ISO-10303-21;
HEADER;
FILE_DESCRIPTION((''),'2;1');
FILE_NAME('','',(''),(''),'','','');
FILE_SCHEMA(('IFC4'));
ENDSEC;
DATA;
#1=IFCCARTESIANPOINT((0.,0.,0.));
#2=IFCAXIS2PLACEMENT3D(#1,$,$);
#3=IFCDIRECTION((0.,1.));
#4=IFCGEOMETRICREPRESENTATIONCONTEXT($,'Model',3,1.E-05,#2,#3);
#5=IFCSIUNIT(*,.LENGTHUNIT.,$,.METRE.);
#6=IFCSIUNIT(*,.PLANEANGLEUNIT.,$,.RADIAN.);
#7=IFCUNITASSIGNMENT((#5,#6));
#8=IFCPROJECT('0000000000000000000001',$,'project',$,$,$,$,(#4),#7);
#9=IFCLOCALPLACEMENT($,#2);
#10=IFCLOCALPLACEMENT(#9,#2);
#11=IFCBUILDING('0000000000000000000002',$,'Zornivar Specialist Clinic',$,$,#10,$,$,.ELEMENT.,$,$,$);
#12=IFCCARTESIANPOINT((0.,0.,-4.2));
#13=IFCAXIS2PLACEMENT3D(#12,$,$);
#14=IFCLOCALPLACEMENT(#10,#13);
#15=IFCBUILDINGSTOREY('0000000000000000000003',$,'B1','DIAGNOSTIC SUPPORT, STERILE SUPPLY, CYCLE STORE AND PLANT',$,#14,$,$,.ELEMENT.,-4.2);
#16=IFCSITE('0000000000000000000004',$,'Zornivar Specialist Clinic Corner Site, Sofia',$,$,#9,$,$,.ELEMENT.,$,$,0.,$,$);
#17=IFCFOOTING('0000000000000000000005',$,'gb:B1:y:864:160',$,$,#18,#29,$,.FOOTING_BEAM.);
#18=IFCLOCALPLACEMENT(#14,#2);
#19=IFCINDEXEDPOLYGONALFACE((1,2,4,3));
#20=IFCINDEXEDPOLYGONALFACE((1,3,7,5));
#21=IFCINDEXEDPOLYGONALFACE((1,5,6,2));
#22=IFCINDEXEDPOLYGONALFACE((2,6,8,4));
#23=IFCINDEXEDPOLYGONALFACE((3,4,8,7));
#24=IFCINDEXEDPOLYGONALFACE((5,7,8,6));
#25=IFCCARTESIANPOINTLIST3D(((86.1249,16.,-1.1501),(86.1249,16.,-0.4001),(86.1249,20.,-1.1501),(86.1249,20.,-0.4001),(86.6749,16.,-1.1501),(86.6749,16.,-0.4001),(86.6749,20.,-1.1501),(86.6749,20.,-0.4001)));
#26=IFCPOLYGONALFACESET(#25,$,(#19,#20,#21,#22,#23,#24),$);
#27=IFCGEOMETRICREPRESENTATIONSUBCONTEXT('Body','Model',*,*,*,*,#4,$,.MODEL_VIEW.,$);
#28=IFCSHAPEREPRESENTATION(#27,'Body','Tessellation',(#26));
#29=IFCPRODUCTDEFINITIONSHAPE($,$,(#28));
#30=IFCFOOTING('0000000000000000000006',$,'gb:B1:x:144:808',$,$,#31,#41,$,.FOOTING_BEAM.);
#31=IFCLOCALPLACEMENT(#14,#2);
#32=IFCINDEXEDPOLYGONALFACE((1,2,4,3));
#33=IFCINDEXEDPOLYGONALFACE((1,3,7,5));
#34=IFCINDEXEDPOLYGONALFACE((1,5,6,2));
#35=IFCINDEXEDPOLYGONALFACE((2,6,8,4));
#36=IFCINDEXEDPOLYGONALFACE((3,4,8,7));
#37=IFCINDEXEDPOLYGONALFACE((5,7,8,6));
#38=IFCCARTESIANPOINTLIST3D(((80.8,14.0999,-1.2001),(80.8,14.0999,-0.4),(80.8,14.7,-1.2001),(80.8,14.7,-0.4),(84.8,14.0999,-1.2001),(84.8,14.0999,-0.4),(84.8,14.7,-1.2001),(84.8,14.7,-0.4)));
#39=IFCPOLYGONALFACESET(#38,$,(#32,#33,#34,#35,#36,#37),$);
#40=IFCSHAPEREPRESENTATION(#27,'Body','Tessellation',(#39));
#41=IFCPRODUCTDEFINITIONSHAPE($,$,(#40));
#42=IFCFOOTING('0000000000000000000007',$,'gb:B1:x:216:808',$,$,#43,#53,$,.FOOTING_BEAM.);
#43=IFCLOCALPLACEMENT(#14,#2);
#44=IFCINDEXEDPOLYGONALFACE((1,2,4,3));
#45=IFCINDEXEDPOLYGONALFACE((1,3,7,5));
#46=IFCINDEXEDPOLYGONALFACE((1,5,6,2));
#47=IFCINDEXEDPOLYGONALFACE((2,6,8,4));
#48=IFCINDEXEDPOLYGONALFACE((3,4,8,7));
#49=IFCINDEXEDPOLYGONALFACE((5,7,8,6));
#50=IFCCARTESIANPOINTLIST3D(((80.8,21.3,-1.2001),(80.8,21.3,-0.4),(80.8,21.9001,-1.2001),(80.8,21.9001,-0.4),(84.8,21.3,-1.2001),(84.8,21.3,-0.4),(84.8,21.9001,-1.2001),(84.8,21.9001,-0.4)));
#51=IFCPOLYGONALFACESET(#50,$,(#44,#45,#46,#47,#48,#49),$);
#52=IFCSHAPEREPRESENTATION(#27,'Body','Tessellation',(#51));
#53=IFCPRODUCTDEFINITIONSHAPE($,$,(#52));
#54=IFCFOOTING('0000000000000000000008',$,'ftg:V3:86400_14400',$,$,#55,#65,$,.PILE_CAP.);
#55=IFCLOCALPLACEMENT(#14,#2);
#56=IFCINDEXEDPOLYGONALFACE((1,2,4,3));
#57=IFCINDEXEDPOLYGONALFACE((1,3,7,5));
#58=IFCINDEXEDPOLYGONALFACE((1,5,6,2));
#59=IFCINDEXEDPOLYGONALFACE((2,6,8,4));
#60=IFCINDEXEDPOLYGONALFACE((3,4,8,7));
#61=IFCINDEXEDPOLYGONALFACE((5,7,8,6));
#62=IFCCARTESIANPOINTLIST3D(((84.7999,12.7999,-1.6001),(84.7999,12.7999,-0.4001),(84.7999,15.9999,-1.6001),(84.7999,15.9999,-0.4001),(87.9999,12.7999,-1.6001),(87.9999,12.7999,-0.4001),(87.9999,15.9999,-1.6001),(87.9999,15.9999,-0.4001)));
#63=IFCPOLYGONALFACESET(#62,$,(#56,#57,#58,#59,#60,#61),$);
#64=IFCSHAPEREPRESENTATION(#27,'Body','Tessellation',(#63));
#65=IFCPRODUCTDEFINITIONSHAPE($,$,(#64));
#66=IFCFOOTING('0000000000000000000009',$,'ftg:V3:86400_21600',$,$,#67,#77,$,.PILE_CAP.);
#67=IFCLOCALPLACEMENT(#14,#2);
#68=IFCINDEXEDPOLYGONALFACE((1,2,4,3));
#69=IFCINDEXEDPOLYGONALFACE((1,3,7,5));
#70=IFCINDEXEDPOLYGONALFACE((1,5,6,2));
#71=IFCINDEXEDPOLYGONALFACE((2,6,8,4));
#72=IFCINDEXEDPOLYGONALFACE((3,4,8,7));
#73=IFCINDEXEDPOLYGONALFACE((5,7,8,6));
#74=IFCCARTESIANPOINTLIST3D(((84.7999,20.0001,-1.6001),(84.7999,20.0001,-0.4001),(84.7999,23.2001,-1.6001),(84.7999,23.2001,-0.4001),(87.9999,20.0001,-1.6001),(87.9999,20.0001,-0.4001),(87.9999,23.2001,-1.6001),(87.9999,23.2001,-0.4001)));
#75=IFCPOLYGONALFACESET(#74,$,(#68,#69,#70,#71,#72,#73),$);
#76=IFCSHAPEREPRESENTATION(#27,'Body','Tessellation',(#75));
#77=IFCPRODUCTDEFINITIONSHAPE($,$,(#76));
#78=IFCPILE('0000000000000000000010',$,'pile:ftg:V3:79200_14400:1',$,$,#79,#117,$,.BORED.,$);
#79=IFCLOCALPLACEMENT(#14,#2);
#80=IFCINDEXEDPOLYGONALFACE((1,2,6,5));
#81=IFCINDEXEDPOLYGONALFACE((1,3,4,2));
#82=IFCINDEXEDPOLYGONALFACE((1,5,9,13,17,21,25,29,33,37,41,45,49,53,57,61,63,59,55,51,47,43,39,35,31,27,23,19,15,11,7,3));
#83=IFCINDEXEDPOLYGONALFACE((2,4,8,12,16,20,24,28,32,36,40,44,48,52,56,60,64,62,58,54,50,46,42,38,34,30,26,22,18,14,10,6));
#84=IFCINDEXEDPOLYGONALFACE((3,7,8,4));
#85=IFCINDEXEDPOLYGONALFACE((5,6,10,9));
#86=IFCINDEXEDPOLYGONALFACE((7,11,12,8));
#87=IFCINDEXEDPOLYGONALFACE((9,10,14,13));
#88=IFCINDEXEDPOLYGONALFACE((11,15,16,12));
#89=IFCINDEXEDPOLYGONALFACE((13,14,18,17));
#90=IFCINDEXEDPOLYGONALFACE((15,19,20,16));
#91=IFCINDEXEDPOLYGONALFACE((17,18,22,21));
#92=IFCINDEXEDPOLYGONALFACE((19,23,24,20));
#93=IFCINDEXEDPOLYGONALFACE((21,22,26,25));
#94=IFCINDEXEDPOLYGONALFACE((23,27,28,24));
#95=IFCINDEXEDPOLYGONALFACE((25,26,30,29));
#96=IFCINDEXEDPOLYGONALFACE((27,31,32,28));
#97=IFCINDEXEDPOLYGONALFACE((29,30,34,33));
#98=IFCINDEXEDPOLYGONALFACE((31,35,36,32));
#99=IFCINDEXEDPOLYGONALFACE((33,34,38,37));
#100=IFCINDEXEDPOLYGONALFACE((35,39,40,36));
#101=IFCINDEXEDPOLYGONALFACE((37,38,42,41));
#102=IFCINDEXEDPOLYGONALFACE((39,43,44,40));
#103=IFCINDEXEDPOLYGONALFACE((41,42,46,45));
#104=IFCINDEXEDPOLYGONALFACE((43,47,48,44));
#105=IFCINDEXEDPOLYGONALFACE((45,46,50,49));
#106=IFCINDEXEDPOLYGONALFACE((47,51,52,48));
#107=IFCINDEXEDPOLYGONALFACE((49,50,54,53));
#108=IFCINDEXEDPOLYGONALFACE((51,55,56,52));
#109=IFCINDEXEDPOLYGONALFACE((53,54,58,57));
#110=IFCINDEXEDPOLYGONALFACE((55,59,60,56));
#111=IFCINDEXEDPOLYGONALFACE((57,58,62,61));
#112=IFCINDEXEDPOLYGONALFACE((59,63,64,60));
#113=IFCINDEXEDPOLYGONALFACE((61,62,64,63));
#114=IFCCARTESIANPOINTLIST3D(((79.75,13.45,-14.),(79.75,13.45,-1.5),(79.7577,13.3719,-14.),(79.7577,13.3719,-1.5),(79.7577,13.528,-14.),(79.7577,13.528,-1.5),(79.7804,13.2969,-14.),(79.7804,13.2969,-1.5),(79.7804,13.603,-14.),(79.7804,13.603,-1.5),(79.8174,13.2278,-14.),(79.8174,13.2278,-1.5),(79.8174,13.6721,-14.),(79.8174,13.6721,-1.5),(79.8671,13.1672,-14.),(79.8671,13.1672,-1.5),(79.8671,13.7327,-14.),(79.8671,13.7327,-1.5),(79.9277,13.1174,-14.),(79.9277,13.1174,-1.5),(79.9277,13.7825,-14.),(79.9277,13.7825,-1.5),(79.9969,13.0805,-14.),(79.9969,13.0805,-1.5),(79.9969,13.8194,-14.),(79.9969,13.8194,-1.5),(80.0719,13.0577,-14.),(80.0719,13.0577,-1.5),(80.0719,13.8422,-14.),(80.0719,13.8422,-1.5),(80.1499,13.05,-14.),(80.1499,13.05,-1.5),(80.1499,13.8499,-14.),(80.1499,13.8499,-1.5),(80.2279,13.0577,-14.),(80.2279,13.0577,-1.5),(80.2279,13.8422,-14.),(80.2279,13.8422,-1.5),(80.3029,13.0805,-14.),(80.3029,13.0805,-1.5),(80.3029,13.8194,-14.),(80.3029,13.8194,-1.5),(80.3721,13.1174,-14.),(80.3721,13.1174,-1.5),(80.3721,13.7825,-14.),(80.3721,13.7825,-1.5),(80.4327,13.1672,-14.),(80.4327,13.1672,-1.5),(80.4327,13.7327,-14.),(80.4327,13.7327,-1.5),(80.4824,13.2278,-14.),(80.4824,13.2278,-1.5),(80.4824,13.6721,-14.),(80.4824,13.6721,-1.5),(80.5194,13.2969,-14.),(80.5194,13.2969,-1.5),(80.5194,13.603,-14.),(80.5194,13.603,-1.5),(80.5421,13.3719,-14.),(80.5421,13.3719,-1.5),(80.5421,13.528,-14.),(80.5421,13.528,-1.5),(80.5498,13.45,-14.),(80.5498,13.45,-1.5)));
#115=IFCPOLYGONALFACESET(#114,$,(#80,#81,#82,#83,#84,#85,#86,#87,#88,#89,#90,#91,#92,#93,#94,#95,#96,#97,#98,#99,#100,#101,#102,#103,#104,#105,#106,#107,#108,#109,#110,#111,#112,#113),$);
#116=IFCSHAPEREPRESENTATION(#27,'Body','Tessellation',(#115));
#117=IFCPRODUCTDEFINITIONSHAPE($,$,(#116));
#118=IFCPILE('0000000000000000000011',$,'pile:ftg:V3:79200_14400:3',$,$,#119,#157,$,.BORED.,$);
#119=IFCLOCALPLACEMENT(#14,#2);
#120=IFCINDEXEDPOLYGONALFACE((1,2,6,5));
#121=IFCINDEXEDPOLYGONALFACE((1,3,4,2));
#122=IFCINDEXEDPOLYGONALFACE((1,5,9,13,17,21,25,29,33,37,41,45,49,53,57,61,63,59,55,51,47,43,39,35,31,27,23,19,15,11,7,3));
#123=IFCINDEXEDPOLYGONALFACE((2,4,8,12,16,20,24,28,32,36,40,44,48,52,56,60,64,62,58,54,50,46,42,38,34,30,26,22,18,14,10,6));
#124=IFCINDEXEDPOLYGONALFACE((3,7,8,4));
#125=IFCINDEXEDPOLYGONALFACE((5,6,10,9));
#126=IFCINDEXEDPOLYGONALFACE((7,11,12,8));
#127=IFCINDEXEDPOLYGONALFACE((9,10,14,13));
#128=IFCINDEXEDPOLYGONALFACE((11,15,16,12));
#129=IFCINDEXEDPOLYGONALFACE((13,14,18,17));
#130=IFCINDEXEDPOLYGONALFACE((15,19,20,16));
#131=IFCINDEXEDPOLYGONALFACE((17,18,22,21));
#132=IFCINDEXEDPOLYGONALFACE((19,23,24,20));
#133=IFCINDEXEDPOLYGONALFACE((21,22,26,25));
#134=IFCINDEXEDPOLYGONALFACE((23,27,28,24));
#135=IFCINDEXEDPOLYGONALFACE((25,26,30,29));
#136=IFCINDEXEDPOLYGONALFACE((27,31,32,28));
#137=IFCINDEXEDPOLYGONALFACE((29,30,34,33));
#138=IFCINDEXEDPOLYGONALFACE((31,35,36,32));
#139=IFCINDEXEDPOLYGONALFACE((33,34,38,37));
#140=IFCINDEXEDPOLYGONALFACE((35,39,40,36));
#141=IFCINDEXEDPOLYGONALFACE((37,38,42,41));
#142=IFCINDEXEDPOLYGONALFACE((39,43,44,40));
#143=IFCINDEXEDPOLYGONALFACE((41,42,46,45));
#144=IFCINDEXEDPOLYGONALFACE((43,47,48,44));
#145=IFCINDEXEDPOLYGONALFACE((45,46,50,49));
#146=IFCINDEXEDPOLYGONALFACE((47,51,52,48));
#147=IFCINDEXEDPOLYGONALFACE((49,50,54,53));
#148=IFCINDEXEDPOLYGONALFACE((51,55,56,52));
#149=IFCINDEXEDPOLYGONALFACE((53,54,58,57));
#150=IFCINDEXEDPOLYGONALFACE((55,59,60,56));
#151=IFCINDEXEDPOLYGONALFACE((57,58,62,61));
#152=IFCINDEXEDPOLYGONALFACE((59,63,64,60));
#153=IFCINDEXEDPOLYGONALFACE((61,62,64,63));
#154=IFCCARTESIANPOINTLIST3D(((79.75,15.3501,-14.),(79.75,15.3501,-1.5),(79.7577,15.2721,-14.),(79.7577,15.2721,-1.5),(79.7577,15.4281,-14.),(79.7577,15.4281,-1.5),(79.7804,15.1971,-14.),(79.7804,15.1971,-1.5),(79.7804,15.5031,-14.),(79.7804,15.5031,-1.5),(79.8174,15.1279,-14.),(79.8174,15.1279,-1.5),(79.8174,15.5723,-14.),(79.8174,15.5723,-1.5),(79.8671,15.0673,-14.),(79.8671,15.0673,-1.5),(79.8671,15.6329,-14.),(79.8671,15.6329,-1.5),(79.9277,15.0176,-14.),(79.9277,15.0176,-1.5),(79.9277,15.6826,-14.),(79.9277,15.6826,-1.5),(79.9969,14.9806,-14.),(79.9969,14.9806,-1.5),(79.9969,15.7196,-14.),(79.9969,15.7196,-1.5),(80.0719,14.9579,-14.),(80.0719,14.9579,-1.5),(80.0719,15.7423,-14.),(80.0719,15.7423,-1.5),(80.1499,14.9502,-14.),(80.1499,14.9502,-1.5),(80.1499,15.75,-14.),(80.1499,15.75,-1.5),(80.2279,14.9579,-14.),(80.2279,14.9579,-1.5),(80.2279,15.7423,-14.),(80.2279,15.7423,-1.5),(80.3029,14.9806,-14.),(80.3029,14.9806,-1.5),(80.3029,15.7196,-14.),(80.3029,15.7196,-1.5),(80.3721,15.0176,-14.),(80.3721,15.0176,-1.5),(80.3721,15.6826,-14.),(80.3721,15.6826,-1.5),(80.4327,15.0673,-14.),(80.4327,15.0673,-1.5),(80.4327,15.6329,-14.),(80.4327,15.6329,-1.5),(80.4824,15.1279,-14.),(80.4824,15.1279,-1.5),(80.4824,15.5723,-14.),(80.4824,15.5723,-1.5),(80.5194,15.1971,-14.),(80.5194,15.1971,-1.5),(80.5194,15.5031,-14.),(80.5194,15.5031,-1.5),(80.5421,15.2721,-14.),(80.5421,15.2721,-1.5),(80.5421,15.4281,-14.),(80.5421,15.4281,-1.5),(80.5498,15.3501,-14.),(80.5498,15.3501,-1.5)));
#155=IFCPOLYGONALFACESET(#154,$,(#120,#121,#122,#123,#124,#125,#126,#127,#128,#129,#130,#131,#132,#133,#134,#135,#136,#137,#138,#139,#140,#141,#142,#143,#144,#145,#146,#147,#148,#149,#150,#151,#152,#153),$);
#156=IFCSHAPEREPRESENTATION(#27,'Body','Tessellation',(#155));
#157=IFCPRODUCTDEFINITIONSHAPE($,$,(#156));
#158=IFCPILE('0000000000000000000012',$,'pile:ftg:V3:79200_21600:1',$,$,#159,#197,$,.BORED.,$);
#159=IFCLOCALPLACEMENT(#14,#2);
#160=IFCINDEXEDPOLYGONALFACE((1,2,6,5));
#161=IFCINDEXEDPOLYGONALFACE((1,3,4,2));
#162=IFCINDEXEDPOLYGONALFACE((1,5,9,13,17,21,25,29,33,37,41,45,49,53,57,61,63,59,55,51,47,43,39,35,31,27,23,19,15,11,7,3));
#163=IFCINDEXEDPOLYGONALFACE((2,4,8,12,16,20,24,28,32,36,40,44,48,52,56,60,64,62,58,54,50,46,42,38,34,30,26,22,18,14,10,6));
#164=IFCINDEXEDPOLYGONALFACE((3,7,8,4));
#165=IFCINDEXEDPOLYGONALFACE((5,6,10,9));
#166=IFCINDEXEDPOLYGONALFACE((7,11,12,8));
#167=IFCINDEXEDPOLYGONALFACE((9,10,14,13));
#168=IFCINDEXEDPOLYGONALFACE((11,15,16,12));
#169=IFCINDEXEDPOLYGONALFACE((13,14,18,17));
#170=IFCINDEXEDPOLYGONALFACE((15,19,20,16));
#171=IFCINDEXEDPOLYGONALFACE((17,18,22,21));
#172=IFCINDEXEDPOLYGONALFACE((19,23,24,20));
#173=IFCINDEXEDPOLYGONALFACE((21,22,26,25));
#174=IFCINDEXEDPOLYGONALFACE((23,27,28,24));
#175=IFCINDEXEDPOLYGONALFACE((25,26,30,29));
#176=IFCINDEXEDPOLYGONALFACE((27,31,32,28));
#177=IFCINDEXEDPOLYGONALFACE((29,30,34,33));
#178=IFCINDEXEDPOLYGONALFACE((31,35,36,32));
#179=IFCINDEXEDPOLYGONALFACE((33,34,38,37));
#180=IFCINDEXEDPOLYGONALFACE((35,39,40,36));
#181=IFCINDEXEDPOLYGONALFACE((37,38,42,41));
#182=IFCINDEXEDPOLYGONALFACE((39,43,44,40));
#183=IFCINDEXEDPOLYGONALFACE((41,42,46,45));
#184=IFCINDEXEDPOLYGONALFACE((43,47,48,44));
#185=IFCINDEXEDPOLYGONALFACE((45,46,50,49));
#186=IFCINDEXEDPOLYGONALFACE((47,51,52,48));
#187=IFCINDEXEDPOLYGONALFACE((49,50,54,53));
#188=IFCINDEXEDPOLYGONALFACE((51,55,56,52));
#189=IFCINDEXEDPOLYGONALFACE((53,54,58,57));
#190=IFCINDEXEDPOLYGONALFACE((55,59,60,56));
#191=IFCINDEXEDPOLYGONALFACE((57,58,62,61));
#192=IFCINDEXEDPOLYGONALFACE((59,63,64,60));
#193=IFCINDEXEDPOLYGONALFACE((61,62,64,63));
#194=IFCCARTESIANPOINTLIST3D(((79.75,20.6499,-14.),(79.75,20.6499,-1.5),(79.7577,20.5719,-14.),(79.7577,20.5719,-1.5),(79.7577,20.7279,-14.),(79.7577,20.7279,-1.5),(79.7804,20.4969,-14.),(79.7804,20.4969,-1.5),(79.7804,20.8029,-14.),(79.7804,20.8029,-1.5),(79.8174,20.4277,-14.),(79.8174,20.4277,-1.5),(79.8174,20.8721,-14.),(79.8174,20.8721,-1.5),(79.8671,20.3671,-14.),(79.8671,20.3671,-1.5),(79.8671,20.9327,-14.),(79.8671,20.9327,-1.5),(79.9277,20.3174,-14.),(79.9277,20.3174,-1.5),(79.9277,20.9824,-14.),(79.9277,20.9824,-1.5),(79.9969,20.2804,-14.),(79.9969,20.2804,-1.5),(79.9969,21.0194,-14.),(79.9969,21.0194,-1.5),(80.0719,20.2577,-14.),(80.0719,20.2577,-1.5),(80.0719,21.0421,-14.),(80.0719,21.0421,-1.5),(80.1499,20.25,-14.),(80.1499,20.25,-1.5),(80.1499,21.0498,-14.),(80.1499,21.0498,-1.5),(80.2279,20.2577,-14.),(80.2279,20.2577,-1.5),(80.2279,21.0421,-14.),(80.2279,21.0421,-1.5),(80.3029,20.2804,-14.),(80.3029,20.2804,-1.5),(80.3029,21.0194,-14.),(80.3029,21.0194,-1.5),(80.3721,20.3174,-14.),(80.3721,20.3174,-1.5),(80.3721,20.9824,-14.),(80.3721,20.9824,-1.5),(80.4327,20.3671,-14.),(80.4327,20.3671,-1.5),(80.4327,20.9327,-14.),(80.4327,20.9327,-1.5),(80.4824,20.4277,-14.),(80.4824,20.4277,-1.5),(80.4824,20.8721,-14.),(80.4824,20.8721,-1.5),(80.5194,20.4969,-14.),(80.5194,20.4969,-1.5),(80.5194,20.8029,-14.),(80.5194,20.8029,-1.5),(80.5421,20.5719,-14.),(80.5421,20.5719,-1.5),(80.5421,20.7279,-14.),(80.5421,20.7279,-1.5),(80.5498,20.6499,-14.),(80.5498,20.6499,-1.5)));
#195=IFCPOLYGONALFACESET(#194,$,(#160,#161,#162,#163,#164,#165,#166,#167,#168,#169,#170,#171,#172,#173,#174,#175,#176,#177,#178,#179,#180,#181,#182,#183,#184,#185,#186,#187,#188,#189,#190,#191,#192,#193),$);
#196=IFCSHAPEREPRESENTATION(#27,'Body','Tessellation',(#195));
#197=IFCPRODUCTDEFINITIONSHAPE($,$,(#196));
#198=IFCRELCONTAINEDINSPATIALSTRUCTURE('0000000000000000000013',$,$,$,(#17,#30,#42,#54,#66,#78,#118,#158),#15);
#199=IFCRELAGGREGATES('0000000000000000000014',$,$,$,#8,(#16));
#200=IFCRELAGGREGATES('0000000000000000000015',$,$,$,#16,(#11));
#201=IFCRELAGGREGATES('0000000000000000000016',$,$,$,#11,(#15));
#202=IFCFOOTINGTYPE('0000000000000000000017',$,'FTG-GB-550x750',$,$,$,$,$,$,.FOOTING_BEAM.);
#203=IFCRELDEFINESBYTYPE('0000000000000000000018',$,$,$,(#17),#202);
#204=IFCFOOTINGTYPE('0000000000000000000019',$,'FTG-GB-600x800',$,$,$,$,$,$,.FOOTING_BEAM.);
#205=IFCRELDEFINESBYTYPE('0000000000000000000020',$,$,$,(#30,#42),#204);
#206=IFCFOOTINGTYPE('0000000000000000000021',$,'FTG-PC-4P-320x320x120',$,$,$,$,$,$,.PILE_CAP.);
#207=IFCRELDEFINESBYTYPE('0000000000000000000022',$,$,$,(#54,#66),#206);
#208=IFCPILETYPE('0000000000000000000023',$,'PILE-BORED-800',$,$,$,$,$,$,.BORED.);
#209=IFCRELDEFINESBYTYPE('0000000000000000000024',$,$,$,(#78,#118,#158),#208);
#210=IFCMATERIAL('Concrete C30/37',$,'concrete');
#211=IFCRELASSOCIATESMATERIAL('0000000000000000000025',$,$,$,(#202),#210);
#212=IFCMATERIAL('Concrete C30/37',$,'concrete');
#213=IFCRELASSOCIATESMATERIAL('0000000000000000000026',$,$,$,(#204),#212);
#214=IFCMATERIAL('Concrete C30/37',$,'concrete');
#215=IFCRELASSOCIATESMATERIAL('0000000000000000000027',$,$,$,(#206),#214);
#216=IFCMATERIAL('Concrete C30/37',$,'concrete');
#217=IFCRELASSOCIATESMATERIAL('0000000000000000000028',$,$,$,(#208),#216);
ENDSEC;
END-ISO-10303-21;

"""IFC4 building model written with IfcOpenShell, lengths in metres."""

from ifc_helpers import new_model, si_unit, direction, frame, origin, origin_2d, place, context, subcontext, project, spatial, rectangle, circle, extrude, material, material_profile, profile_set, type_object, element, save


model = new_model("IFC4")

# Units and contexts
model_context = context("Model", 3, precision=1e-05, world=origin(), true_north=direction((0.0, 1.0)))
body_context = subcontext(model_context, "Body", "Model", "MODEL_VIEW")
ifc_project = project(units=[si_unit("LENGTHUNIT", "METRE"), si_unit("PLANEANGLEUNIT", "RADIAN")], contexts=[model_context])

# Site, building, storey
site_placement = place(None, origin())
site = spatial("IfcSite", under=ifc_project, at=site_placement, Name="Zornivar Specialist Clinic Corner Site, Sofia", CompositionType="ELEMENT", RefElevation=0.0)
building_placement = place(site_placement, origin())
building = spatial("IfcBuilding", under=site, at=building_placement, Name="Zornivar Specialist Clinic", CompositionType="ELEMENT")
storey_placement = place(building_placement, frame((0.0, 0.0, -4.2)))
storey = spatial("IfcBuildingStorey", under=building, at=storey_placement, Name="B1", Description="DIAGNOSTIC SUPPORT, STERILE SUPPLY, CYCLE STORE AND PLANT", CompositionType="ELEMENT", Elevation=-4.2)

# Footings
ifc_material_1 = material(Name="Concrete C30/37", Category="concrete")
ifc_material_profile_1 = material_profile(ifc_material_1, rectangle(XDim=0.55, YDim=0.75, at=origin_2d()), Name="RC 550x750")
ifc_profile_set_1 = profile_set([ifc_material_profile_1], Name="Concrete C30/37")
footing_type_1 = type_object("IfcFootingType", Name="FTG-GB-550x750", PredefinedType="FOOTING_BEAM", material=ifc_profile_set_1)
footing_placement = place(storey_placement, frame((86.3999, 16.0, -0.7751), z_axis=(0.0, 1.0, 0.0), x_axis=(-1.0, 0.0, 0.0)))
element("IfcFooting", 1, at=footing_placement, inside=storey, type_object=footing_type_1, Name="gb:B1:y:864:160", PredefinedType="FOOTING_BEAM", context=body_context, shape_type="SweptSolid", body=[
    extrude(rectangle(XDim=0.55, YDim=0.75, at=origin_2d()), origin(), (0.0, 0.0, 1.0), 4.0),
])
ifc_material_2 = material(Name="Concrete C30/37", Category="concrete")
ifc_material_profile_2 = material_profile(ifc_material_2, rectangle(XDim=0.6001, YDim=0.8, at=origin_2d()), Name="RC 600x800")
ifc_profile_set_2 = profile_set([ifc_material_profile_2], Name="Concrete C30/37")
footing_type_2 = type_object("IfcFootingType", Name="FTG-GB-600x800", PredefinedType="FOOTING_BEAM", material=ifc_profile_set_2)
for number, where, z_axis, x_axis, name in (
    (2, (80.8, 14.3999, -0.8), (1.0, 0.0, 0.0), (0.0, 1.0, 0.0), "gb:B1:x:144:808"),
    (3, (80.8, 21.6001, -0.8), (1.0, 0.0, 0.0), (0.0, 1.0, 0.0), "gb:B1:x:216:808"),
):
    element("IfcFooting", number, at=place(storey_placement, frame(where, z_axis=z_axis, x_axis=x_axis)), inside=storey, type_object=footing_type_2, Name=name, PredefinedType="FOOTING_BEAM", context=body_context, shape_type="SweptSolid", body=[
        extrude(rectangle(XDim=0.6001, YDim=0.8, at=origin_2d()), origin(), (0.0, 0.0, 1.0), 4.0),
    ])
ifc_material_3 = material(Name="Concrete C30/37", Category="concrete")
footing_type_3 = type_object("IfcFootingType", Name="FTG-PC-4P-320x320x120", PredefinedType="PILE_CAP", material=ifc_material_3)
for number, where, z_axis, x_axis, name in (
    (4, (86.3999, 14.3999, -1.6001), (0.0, 0.0, 1.0), (1.0, 0.0, 0.0), "ftg:V3:86400_14400"),
    (5, (86.3999, 21.6001, -1.6001), (0.0, 0.0, 1.0), (1.0, 0.0, 0.0), "ftg:V3:86400_21600"),
):
    element("IfcFooting", number, at=place(storey_placement, frame(where, z_axis=z_axis, x_axis=x_axis)), inside=storey, type_object=footing_type_3, Name=name, PredefinedType="PILE_CAP", context=body_context, shape_type="SweptSolid", body=[
        extrude(rectangle(XDim=3.2, YDim=3.2, at=origin_2d()), origin(), (0.0, 0.0, 1.0), 1.2),
    ])

# Piles
ifc_material_4 = material(Name="Concrete C30/37", Category="concrete")
ifc_material_profile_3 = material_profile(ifc_material_4, circle(Radius=0.3999, at=origin_2d()), Name="PILE D800")
ifc_profile_set_3 = profile_set([ifc_material_profile_3], Name="Concrete C30/37")
pile_type = type_object("IfcPileType", Name="PILE-BORED-800", PredefinedType="BORED", material=ifc_profile_set_3)
for number, where, z_axis, x_axis, name in (
    (6, (80.1499, 13.45, -1.5), (0.0, 0.0, -1.0), (1.0, 0.0, 0.0), "pile:ftg:V3:79200_14400:1"),
    (7, (80.1499, 15.3501, -1.5), (0.0, 0.0, -1.0), (1.0, 0.0, 0.0), "pile:ftg:V3:79200_14400:3"),
    (8, (80.1499, 20.6499, -1.5), (0.0, 0.0, -1.0), (1.0, 0.0, 0.0), "pile:ftg:V3:79200_21600:1"),
):
    element("IfcPile", number, at=place(storey_placement, frame(where, z_axis=z_axis, x_axis=x_axis)), inside=storey, type_object=pile_type, Name=name, PredefinedType="BORED", context=body_context, shape_type="SweptSolid", body=[
        extrude(circle(Radius=0.3999, at=origin_2d()), origin(), (0.0, 0.0, 1.0), 12.5),
    ])

save(model, "model.ifc")
